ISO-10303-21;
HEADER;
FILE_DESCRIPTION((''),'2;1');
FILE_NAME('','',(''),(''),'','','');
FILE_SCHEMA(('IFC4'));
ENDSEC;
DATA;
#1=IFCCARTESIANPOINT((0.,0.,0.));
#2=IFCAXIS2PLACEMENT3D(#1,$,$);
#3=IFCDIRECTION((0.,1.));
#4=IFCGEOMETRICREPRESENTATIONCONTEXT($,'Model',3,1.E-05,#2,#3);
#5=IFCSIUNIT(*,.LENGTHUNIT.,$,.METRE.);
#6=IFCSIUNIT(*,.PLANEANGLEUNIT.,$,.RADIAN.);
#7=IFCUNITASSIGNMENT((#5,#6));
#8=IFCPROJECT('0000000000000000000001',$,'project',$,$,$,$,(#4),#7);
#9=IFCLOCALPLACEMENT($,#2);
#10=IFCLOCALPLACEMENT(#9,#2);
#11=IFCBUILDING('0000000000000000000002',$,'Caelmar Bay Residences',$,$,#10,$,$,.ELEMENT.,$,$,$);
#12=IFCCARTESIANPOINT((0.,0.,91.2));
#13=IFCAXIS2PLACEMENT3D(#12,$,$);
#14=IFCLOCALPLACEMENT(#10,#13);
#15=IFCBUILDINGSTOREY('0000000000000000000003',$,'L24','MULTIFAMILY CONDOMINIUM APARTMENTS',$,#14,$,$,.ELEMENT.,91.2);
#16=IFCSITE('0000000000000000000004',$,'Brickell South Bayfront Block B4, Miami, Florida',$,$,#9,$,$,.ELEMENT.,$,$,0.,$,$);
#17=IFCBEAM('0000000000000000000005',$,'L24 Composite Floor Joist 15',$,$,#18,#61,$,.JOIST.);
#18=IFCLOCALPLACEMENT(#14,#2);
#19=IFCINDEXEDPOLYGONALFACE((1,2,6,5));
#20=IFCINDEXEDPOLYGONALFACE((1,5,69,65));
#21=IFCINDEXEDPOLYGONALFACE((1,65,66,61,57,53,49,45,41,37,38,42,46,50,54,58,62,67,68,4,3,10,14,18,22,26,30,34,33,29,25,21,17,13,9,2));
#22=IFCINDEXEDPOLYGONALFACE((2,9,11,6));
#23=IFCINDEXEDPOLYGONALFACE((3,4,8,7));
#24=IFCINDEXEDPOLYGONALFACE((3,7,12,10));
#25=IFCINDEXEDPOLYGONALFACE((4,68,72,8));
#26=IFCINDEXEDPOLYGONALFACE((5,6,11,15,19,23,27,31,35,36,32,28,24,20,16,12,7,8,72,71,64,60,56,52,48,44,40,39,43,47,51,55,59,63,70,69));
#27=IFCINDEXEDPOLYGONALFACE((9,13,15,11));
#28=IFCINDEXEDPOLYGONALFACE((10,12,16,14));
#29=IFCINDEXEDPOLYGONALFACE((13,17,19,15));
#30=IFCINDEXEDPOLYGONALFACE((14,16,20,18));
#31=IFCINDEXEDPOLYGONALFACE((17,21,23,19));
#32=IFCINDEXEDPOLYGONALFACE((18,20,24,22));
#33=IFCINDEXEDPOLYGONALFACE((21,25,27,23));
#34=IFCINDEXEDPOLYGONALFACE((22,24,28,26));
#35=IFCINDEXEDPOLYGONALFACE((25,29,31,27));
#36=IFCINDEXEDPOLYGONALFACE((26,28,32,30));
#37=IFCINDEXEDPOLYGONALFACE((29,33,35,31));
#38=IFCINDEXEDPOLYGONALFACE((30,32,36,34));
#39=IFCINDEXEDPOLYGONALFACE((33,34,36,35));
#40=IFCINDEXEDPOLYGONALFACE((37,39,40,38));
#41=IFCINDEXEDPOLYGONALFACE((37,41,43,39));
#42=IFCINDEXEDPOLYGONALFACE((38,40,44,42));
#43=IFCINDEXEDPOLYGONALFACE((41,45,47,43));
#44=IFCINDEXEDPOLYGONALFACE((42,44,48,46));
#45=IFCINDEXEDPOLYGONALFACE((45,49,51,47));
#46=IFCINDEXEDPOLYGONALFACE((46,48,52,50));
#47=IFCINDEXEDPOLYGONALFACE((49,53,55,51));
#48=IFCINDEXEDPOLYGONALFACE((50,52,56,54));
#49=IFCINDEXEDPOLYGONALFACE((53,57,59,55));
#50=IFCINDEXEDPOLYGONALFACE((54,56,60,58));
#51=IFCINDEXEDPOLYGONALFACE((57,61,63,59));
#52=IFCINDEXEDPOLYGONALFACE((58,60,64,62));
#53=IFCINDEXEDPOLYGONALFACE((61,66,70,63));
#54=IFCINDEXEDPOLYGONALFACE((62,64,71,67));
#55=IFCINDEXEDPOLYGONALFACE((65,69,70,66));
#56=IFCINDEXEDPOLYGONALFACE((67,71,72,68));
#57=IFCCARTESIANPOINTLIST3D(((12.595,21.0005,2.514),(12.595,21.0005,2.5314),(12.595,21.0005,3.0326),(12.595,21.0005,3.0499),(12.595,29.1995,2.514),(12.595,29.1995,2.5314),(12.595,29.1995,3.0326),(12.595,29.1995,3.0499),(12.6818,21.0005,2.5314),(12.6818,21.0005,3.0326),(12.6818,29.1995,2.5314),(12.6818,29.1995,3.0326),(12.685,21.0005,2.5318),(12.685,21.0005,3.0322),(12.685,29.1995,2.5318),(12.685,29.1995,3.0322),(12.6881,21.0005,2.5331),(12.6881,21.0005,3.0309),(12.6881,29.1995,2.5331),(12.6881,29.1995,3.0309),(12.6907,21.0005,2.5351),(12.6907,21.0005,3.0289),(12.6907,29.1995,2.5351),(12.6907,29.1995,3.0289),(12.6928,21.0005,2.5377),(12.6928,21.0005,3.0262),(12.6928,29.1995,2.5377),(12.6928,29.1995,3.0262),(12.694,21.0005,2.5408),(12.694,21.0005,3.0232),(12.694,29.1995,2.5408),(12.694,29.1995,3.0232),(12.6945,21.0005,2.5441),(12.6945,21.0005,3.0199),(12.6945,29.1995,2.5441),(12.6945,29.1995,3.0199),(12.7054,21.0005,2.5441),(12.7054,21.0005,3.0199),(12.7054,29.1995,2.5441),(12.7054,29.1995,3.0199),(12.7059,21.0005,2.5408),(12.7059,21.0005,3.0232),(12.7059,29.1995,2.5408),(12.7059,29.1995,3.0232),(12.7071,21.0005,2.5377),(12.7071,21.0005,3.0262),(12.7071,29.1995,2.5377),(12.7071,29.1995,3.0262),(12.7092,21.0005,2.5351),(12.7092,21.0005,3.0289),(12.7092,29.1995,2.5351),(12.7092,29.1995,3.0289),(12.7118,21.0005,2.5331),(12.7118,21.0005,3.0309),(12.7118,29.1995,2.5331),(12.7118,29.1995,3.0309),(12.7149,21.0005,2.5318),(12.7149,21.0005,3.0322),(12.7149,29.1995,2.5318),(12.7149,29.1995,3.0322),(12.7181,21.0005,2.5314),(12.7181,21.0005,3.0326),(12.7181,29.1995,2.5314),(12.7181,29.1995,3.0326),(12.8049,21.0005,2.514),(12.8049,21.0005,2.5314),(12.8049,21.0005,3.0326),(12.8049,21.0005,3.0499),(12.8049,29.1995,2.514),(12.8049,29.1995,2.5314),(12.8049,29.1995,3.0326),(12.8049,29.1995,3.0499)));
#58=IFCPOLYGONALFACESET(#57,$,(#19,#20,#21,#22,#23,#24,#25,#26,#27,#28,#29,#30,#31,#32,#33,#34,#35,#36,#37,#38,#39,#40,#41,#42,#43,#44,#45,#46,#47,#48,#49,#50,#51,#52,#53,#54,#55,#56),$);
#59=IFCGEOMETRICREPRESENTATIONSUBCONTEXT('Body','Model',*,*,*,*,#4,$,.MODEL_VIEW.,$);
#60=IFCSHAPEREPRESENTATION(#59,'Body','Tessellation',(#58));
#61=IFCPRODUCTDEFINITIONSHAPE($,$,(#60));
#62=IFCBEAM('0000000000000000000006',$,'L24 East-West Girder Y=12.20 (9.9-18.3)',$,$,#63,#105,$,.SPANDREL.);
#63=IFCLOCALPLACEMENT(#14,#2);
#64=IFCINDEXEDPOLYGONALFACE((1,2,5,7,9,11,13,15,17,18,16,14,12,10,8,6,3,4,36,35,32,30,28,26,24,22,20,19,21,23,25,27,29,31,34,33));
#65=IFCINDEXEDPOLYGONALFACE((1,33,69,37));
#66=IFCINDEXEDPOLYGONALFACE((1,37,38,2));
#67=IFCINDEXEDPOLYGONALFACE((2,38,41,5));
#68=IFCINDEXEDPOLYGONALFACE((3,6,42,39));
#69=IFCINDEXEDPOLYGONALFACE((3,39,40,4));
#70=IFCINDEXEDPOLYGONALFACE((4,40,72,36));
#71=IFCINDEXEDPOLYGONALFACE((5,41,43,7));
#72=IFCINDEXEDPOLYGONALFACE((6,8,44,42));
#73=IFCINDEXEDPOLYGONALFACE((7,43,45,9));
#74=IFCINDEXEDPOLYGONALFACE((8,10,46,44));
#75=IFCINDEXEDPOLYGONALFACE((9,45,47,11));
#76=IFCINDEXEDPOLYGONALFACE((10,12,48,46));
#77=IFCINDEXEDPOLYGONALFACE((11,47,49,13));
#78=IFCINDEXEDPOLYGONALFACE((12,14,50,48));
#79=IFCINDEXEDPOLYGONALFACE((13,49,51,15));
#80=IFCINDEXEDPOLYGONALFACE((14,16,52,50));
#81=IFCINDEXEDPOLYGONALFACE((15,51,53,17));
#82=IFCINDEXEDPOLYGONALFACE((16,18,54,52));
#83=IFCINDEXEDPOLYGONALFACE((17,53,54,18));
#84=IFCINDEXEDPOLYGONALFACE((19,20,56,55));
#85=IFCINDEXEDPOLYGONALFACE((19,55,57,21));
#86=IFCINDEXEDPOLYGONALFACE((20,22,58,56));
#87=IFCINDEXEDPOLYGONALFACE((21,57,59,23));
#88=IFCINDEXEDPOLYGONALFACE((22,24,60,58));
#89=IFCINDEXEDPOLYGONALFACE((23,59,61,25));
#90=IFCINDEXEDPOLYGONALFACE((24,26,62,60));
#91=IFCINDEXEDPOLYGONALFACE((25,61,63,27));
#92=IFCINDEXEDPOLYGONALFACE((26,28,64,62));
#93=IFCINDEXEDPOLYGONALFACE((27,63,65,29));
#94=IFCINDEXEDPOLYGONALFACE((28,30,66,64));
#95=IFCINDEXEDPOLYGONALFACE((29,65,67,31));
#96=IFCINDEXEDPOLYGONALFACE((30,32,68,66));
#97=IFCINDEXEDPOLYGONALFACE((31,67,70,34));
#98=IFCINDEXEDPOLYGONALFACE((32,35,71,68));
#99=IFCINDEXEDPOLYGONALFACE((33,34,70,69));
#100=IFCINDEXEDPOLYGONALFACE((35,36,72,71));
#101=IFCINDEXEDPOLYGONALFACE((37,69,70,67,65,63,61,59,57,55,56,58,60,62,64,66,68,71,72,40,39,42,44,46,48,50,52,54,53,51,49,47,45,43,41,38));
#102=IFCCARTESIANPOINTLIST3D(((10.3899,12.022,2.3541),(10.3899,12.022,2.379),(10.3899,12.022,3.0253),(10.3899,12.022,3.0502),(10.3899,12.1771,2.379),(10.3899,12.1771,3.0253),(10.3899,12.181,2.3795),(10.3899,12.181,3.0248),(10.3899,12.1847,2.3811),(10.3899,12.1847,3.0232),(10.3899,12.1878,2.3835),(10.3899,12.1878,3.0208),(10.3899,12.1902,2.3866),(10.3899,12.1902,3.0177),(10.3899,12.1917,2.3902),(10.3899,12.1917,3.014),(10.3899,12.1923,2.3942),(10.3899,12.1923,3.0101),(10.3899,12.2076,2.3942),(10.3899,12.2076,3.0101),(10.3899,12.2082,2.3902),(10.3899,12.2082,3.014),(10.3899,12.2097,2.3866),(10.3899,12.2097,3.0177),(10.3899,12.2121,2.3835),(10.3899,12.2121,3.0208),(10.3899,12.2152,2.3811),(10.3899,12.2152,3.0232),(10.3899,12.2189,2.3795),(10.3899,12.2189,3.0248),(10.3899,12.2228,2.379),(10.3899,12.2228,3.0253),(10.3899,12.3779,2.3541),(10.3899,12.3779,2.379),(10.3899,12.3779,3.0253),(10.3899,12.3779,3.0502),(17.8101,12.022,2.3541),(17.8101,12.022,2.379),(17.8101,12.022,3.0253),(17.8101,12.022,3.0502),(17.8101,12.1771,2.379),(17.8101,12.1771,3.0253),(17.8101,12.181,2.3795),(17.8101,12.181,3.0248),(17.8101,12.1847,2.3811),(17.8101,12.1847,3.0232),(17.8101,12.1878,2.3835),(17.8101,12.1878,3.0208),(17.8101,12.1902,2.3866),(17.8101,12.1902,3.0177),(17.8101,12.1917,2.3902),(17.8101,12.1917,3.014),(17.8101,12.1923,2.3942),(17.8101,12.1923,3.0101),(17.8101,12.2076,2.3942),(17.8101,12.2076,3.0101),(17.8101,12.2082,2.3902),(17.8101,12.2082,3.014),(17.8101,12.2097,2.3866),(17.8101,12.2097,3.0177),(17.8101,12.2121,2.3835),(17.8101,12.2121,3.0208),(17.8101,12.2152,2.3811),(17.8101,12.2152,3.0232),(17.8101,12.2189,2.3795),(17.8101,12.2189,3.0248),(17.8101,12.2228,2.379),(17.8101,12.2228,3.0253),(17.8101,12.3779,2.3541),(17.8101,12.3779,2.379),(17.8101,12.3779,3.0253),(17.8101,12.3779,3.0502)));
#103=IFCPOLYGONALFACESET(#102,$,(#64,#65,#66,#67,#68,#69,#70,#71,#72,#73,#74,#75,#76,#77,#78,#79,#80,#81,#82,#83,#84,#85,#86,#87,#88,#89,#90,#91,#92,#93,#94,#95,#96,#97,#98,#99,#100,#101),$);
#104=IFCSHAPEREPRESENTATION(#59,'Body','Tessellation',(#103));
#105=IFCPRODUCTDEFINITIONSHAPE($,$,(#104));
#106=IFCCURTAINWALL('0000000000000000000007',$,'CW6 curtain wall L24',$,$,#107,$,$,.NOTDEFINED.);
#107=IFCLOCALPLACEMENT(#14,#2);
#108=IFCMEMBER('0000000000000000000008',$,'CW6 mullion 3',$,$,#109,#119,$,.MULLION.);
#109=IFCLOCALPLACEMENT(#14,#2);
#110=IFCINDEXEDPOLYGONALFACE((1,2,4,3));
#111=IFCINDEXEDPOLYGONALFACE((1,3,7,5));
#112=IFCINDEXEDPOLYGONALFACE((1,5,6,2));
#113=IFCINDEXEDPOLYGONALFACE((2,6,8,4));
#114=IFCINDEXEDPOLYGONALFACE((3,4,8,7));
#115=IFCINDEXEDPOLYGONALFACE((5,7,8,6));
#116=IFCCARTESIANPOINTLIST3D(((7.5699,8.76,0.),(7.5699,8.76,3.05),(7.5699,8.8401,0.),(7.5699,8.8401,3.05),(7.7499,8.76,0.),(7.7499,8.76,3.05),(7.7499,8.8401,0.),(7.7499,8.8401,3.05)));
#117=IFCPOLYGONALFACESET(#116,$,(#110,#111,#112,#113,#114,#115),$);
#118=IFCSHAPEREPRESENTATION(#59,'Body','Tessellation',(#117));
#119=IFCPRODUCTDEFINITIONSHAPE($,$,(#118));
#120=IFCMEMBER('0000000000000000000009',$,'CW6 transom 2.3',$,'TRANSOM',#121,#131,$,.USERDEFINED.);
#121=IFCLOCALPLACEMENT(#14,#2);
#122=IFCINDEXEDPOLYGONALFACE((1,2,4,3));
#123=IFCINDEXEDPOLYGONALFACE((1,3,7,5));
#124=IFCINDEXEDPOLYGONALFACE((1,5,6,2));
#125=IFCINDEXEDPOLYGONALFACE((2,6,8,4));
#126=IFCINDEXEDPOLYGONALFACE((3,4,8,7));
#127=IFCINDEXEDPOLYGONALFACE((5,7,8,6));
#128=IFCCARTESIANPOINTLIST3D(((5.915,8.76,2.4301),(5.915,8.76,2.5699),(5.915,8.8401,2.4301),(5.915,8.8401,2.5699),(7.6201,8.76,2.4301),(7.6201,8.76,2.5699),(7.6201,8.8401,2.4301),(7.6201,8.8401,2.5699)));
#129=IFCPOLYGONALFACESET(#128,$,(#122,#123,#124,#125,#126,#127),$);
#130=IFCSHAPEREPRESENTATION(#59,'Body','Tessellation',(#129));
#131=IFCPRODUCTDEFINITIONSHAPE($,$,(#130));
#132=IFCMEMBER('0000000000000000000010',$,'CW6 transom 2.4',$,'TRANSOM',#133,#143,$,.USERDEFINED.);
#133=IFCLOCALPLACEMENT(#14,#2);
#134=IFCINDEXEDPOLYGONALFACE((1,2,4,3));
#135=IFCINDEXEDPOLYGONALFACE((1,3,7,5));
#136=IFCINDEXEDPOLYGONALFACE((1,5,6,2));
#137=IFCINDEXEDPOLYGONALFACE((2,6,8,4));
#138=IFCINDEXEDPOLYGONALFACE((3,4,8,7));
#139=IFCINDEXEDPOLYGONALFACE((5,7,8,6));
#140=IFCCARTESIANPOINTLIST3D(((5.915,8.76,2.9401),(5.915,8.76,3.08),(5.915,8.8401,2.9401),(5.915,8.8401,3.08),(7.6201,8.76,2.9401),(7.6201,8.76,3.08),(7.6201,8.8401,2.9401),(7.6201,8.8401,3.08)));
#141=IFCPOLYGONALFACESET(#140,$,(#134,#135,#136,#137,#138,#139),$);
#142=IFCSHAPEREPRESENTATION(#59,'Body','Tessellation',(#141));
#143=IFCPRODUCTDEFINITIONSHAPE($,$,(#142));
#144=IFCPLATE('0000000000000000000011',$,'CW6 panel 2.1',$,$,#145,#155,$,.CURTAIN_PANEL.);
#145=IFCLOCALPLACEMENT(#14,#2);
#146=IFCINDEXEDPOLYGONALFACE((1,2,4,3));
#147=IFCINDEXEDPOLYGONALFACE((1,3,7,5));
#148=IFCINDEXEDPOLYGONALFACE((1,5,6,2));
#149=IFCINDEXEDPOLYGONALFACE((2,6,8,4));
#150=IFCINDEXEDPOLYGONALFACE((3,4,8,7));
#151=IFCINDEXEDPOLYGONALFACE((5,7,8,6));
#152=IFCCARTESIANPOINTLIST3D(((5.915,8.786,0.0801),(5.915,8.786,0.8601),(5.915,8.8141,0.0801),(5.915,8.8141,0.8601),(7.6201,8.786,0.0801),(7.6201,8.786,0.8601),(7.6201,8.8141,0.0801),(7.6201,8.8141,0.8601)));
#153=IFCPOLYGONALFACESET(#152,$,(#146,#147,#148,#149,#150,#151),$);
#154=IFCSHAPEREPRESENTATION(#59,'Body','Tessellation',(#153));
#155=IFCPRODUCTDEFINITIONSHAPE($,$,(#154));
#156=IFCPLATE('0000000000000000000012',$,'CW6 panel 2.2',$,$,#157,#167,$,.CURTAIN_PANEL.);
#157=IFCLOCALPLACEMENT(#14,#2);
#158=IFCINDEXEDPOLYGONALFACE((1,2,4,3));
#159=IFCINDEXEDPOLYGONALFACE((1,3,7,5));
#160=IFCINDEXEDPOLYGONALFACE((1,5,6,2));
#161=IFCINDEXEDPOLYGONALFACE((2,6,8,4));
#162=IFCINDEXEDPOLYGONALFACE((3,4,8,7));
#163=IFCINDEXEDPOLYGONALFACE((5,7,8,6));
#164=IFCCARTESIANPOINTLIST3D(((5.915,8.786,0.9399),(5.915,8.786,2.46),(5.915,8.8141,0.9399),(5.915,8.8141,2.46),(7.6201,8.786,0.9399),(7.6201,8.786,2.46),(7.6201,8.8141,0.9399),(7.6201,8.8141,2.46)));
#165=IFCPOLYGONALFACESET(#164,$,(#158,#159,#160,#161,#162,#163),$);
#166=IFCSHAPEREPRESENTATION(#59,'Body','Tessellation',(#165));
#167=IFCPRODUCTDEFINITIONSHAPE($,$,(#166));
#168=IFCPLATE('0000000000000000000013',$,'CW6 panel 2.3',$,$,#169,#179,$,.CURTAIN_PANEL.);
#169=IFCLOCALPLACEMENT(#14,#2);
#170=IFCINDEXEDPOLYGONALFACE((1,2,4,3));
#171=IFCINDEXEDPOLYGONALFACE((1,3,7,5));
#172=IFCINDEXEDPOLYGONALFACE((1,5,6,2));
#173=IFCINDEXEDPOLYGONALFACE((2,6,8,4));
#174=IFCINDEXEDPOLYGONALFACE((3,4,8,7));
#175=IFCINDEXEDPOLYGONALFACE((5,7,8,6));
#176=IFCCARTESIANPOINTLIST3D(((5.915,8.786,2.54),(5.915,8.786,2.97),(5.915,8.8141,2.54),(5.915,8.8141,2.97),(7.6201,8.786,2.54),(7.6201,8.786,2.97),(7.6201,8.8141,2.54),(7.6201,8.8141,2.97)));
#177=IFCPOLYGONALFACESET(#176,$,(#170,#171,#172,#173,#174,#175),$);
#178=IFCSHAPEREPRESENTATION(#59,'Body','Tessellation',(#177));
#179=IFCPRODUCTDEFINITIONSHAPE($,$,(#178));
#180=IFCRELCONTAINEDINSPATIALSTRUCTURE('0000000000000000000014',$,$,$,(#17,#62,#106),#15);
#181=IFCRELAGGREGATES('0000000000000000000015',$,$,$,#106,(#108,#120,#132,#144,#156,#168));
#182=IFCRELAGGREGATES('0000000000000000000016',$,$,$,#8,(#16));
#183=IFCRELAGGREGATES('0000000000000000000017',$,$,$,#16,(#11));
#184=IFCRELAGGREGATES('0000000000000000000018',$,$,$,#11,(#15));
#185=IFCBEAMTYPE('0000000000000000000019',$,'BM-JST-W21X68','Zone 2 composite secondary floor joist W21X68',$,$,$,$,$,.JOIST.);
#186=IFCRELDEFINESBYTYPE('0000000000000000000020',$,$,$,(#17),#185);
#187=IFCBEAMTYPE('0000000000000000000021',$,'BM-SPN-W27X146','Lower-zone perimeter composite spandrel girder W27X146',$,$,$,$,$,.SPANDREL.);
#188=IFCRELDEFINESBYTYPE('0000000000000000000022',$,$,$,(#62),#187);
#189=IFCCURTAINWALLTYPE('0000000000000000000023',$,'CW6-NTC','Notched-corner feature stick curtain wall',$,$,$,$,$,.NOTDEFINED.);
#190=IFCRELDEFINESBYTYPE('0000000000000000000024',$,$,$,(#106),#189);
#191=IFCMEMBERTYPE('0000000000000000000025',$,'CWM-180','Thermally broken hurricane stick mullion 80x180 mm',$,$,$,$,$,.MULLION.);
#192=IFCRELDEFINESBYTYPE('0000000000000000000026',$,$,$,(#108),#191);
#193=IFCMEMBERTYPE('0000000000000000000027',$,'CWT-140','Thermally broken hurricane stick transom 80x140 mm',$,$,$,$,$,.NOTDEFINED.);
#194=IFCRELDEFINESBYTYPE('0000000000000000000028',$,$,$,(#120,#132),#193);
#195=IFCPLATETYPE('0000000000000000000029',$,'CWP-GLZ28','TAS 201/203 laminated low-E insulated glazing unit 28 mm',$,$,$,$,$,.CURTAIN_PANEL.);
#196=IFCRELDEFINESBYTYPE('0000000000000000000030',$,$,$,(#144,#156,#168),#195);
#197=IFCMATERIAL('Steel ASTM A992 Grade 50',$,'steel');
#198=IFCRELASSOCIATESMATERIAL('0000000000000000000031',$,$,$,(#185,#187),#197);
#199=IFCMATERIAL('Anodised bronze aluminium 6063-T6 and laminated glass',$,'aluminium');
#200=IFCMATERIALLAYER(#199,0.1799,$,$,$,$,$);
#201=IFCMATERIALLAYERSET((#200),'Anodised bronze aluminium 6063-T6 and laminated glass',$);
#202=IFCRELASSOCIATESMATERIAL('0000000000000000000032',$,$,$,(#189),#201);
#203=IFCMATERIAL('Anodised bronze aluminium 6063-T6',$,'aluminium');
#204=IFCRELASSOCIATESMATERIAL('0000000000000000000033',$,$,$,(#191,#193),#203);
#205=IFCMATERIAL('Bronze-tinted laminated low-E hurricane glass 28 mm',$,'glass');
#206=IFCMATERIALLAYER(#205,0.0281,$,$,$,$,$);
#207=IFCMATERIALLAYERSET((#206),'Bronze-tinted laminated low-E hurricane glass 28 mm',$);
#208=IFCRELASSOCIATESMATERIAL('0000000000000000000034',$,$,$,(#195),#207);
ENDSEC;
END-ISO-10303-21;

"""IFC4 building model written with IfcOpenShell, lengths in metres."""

from ifc_helpers import new_model, si_unit, direction, frame, origin, origin_2d, place, context, subcontext, project, spatial, rectangle, i_section, extrude, material, layer, layer_set, material_profile, profile_set, type_object, element, aggregate, save


model = new_model("IFC4")

# Units and contexts
model_context = context("Model", 3, precision=1e-05, world=origin(), true_north=direction((0.0, 1.0)))
body_context = subcontext(model_context, "Body", "Model", "MODEL_VIEW")
ifc_project = project(units=[si_unit("LENGTHUNIT", "METRE"), si_unit("PLANEANGLEUNIT", "RADIAN")], contexts=[model_context])

# Site, building, storey
site_placement = place(None, origin())
site = spatial("IfcSite", under=ifc_project, at=site_placement, Name="Brickell South Bayfront Block B4, Miami, Florida", CompositionType="ELEMENT", RefElevation=0.0)
building_placement = place(site_placement, origin())
building = spatial("IfcBuilding", under=site, at=building_placement, Name="Caelmar Bay Residences", CompositionType="ELEMENT")
storey_placement = place(building_placement, frame((0.0, 0.0, 91.2)))
storey = spatial("IfcBuildingStorey", under=building, at=storey_placement, Name="L24", Description="MULTIFAMILY CONDOMINIUM APARTMENTS", CompositionType="ELEMENT", Elevation=91.2)

# Beams
ifc_material_1 = material(Name="Steel ASTM A992 Grade 50", Category="steel")
ifc_material_profile_1 = material_profile(ifc_material_1, i_section(OverallWidth=0.21, OverallDepth=0.5359, WebThickness=0.011, FlangeThickness=0.0173, FilletRadius=0.0127, at=origin_2d()), Name="W21X68")
ifc_profile_set_1 = profile_set([ifc_material_profile_1], Name="Steel ASTM A992 Grade 50")
beam_type_1 = type_object("IfcBeamType", Name="BM-JST-W21X68", Description="Zone 2 composite secondary floor joist W21X68", PredefinedType="JOIST", material=ifc_profile_set_1)
beam_1_placement = place(storey_placement, frame((12.7, 21.0005, 2.782), z_axis=(0.0, 1.0, 0.0), x_axis=(-1.0, 0.0, 0.0)))
element("IfcBeam", 1, at=beam_1_placement, inside=storey, type_object=beam_type_1, Name="L24 Composite Floor Joist 15", PredefinedType="JOIST", context=body_context, shape_type="SweptSolid", body=[
    extrude(i_section(OverallWidth=0.21, OverallDepth=0.5359, WebThickness=0.011, FlangeThickness=0.0173, FilletRadius=0.0127, at=origin_2d()), origin(), (0.0, 0.0, 1.0), 8.199),
])
ifc_material_profile_2 = material_profile(ifc_material_1, i_section(OverallWidth=0.356, OverallDepth=0.696, WebThickness=0.0154, FlangeThickness=0.0249, FilletRadius=0.0151, at=origin_2d()), Name="W27X146")
ifc_profile_set_2 = profile_set([ifc_material_profile_2], Name="Steel ASTM A992 Grade 50")
beam_type_2 = type_object("IfcBeamType", Name="BM-SPN-W27X146", Description="Lower-zone perimeter composite spandrel girder W27X146", PredefinedType="SPANDREL", material=ifc_profile_set_2)
beam_2_placement = place(storey_placement, frame((10.3899, 12.2, 2.7021), z_axis=(1.0, 0.0, 0.0), x_axis=(0.0, 1.0, 0.0)))
element("IfcBeam", 2, at=beam_2_placement, inside=storey, type_object=beam_type_2, Name="L24 East-West Girder Y=12.20 (9.9-18.3)", PredefinedType="SPANDREL", context=body_context, shape_type="SweptSolid", body=[
    extrude(i_section(OverallWidth=0.356, OverallDepth=0.696, WebThickness=0.0154, FlangeThickness=0.0249, FilletRadius=0.0151, at=origin_2d()), origin(), (0.0, 0.0, 1.0), 7.4202),
])

# Curtain wall, members, plates
ifc_material_2 = material(Name="Anodised bronze aluminium 6063-T6 and laminated glass", Category="aluminium")
ifc_layer_1 = layer(ifc_material_2, 0.1799)
ifc_layer_set_1 = layer_set([ifc_layer_1], Name="Anodised bronze aluminium 6063-T6 and laminated glass")
curtain_wall_type = type_object("IfcCurtainWallType", Name="CW6-NTC", Description="Notched-corner feature stick curtain wall", PredefinedType="NOTDEFINED", material=ifc_layer_set_1)
curtain_wall_placement = place(storey_placement, origin())
curtain_wall = element("IfcCurtainWall", 3, at=curtain_wall_placement, inside=storey, type_object=curtain_wall_type, Name="CW6 curtain wall L24", PredefinedType="NOTDEFINED")
ifc_material_3 = material(Name="Anodised bronze aluminium 6063-T6", Category="aluminium")
ifc_material_profile_3 = material_profile(ifc_material_3, rectangle(XDim=0.0801, YDim=0.1799, at=origin_2d()), Name="CWM-80X180")
ifc_profile_set_3 = profile_set([ifc_material_profile_3], Name="Anodised bronze aluminium 6063-T6")
member_type_1 = type_object("IfcMemberType", Name="CWM-180", Description="Thermally broken hurricane stick mullion 80x180 mm", PredefinedType="MULLION", material=ifc_profile_set_3)
member_1_placement = place(storey_placement, frame((7.6599, 8.8, 0.0), z_axis=(0.0, 0.0, 1.0), x_axis=(0.0, 1.0, 0.0)))
member_1 = element("IfcMember", 4, at=member_1_placement, type_object=member_type_1, Name="CW6 mullion 3", PredefinedType="MULLION", context=body_context, shape_type="SweptSolid", body=[
    extrude(rectangle(XDim=0.0801, YDim=0.1799, at=origin_2d()), origin(), (0.0, 0.0, 1.0), 3.05),
])
ifc_material_profile_4 = material_profile(ifc_material_3, rectangle(XDim=0.0801, YDim=0.1399, at=origin_2d()), Name="CWT-80X140")
ifc_profile_set_4 = profile_set([ifc_material_profile_4], Name="Anodised bronze aluminium 6063-T6")
member_type_2 = type_object("IfcMemberType", Name="CWT-140", Description="Thermally broken hurricane stick transom 80x140 mm", PredefinedType="NOTDEFINED", material=ifc_profile_set_4)
member_2_placement = place(storey_placement, frame((5.915, 8.8, 2.5), z_axis=(1.0, 0.0, 0.0), x_axis=(0.0, 1.0, 0.0)))
member_2 = element("IfcMember", 5, at=member_2_placement, type_object=member_type_2, Name="CW6 transom 2.3", ObjectType="TRANSOM", PredefinedType="USERDEFINED", context=body_context, shape_type="SweptSolid", body=[
    extrude(rectangle(XDim=0.0801, YDim=0.1399, at=origin_2d()), origin(), (0.0, 0.0, 1.0), 1.7051),
])
member_3_placement = place(storey_placement, frame((5.915, 8.8, 3.01), z_axis=(1.0, 0.0, 0.0), x_axis=(0.0, 1.0, 0.0)))
member_3 = element("IfcMember", 6, at=member_3_placement, type_object=member_type_2, Name="CW6 transom 2.4", ObjectType="TRANSOM", PredefinedType="USERDEFINED", context=body_context, shape_type="SweptSolid", body=[
    extrude(rectangle(XDim=0.0801, YDim=0.1399, at=origin_2d()), origin(), (0.0, 0.0, 1.0), 1.7051),
])
ifc_material_4 = material(Name="Bronze-tinted laminated low-E hurricane glass 28 mm", Category="glass")
ifc_layer_2 = layer(ifc_material_4, 0.0281)
ifc_layer_set_2 = layer_set([ifc_layer_2], Name="Bronze-tinted laminated low-E hurricane glass 28 mm")
plate_type = type_object("IfcPlateType", Name="CWP-GLZ28", Description="TAS 201/203 laminated low-E insulated glazing unit 28 mm", PredefinedType="CURTAIN_PANEL", material=ifc_layer_set_2)
plate_1_placement = place(storey_placement, frame((6.7676, 8.8, 0.0801), z_axis=(0.0, 0.0, 1.0), x_axis=(1.0, 0.0, 0.0)))
plate_1 = element("IfcPlate", 7, at=plate_1_placement, type_object=plate_type, Name="CW6 panel 2.1", PredefinedType="CURTAIN_PANEL", context=body_context, shape_type="SweptSolid", body=[
    extrude(rectangle(XDim=1.7051, YDim=0.0281, at=origin_2d()), origin(), (0.0, 0.0, 1.0), 0.78),
])
plate_2_placement = place(storey_placement, frame((6.7676, 8.8, 0.9399), z_axis=(0.0, 0.0, 1.0), x_axis=(1.0, 0.0, 0.0)))
plate_2 = element("IfcPlate", 8, at=plate_2_placement, type_object=plate_type, Name="CW6 panel 2.2", PredefinedType="CURTAIN_PANEL", context=body_context, shape_type="SweptSolid", body=[
    extrude(rectangle(XDim=1.7051, YDim=0.0281, at=origin_2d()), origin(), (0.0, 0.0, 1.0), 1.52),
])
plate_3_placement = place(storey_placement, frame((6.7676, 8.8, 2.54), z_axis=(0.0, 0.0, 1.0), x_axis=(1.0, 0.0, 0.0)))
plate_3 = element("IfcPlate", 9, at=plate_3_placement, type_object=plate_type, Name="CW6 panel 2.3", PredefinedType="CURTAIN_PANEL", context=body_context, shape_type="SweptSolid", body=[
    extrude(rectangle(XDim=1.7051, YDim=0.0281, at=origin_2d()), origin(), (0.0, 0.0, 1.0), 0.4299),
])
aggregate(curtain_wall, [member_1, member_2, member_3, plate_1, plate_2, plate_3])

save(model, "model.ifc")
